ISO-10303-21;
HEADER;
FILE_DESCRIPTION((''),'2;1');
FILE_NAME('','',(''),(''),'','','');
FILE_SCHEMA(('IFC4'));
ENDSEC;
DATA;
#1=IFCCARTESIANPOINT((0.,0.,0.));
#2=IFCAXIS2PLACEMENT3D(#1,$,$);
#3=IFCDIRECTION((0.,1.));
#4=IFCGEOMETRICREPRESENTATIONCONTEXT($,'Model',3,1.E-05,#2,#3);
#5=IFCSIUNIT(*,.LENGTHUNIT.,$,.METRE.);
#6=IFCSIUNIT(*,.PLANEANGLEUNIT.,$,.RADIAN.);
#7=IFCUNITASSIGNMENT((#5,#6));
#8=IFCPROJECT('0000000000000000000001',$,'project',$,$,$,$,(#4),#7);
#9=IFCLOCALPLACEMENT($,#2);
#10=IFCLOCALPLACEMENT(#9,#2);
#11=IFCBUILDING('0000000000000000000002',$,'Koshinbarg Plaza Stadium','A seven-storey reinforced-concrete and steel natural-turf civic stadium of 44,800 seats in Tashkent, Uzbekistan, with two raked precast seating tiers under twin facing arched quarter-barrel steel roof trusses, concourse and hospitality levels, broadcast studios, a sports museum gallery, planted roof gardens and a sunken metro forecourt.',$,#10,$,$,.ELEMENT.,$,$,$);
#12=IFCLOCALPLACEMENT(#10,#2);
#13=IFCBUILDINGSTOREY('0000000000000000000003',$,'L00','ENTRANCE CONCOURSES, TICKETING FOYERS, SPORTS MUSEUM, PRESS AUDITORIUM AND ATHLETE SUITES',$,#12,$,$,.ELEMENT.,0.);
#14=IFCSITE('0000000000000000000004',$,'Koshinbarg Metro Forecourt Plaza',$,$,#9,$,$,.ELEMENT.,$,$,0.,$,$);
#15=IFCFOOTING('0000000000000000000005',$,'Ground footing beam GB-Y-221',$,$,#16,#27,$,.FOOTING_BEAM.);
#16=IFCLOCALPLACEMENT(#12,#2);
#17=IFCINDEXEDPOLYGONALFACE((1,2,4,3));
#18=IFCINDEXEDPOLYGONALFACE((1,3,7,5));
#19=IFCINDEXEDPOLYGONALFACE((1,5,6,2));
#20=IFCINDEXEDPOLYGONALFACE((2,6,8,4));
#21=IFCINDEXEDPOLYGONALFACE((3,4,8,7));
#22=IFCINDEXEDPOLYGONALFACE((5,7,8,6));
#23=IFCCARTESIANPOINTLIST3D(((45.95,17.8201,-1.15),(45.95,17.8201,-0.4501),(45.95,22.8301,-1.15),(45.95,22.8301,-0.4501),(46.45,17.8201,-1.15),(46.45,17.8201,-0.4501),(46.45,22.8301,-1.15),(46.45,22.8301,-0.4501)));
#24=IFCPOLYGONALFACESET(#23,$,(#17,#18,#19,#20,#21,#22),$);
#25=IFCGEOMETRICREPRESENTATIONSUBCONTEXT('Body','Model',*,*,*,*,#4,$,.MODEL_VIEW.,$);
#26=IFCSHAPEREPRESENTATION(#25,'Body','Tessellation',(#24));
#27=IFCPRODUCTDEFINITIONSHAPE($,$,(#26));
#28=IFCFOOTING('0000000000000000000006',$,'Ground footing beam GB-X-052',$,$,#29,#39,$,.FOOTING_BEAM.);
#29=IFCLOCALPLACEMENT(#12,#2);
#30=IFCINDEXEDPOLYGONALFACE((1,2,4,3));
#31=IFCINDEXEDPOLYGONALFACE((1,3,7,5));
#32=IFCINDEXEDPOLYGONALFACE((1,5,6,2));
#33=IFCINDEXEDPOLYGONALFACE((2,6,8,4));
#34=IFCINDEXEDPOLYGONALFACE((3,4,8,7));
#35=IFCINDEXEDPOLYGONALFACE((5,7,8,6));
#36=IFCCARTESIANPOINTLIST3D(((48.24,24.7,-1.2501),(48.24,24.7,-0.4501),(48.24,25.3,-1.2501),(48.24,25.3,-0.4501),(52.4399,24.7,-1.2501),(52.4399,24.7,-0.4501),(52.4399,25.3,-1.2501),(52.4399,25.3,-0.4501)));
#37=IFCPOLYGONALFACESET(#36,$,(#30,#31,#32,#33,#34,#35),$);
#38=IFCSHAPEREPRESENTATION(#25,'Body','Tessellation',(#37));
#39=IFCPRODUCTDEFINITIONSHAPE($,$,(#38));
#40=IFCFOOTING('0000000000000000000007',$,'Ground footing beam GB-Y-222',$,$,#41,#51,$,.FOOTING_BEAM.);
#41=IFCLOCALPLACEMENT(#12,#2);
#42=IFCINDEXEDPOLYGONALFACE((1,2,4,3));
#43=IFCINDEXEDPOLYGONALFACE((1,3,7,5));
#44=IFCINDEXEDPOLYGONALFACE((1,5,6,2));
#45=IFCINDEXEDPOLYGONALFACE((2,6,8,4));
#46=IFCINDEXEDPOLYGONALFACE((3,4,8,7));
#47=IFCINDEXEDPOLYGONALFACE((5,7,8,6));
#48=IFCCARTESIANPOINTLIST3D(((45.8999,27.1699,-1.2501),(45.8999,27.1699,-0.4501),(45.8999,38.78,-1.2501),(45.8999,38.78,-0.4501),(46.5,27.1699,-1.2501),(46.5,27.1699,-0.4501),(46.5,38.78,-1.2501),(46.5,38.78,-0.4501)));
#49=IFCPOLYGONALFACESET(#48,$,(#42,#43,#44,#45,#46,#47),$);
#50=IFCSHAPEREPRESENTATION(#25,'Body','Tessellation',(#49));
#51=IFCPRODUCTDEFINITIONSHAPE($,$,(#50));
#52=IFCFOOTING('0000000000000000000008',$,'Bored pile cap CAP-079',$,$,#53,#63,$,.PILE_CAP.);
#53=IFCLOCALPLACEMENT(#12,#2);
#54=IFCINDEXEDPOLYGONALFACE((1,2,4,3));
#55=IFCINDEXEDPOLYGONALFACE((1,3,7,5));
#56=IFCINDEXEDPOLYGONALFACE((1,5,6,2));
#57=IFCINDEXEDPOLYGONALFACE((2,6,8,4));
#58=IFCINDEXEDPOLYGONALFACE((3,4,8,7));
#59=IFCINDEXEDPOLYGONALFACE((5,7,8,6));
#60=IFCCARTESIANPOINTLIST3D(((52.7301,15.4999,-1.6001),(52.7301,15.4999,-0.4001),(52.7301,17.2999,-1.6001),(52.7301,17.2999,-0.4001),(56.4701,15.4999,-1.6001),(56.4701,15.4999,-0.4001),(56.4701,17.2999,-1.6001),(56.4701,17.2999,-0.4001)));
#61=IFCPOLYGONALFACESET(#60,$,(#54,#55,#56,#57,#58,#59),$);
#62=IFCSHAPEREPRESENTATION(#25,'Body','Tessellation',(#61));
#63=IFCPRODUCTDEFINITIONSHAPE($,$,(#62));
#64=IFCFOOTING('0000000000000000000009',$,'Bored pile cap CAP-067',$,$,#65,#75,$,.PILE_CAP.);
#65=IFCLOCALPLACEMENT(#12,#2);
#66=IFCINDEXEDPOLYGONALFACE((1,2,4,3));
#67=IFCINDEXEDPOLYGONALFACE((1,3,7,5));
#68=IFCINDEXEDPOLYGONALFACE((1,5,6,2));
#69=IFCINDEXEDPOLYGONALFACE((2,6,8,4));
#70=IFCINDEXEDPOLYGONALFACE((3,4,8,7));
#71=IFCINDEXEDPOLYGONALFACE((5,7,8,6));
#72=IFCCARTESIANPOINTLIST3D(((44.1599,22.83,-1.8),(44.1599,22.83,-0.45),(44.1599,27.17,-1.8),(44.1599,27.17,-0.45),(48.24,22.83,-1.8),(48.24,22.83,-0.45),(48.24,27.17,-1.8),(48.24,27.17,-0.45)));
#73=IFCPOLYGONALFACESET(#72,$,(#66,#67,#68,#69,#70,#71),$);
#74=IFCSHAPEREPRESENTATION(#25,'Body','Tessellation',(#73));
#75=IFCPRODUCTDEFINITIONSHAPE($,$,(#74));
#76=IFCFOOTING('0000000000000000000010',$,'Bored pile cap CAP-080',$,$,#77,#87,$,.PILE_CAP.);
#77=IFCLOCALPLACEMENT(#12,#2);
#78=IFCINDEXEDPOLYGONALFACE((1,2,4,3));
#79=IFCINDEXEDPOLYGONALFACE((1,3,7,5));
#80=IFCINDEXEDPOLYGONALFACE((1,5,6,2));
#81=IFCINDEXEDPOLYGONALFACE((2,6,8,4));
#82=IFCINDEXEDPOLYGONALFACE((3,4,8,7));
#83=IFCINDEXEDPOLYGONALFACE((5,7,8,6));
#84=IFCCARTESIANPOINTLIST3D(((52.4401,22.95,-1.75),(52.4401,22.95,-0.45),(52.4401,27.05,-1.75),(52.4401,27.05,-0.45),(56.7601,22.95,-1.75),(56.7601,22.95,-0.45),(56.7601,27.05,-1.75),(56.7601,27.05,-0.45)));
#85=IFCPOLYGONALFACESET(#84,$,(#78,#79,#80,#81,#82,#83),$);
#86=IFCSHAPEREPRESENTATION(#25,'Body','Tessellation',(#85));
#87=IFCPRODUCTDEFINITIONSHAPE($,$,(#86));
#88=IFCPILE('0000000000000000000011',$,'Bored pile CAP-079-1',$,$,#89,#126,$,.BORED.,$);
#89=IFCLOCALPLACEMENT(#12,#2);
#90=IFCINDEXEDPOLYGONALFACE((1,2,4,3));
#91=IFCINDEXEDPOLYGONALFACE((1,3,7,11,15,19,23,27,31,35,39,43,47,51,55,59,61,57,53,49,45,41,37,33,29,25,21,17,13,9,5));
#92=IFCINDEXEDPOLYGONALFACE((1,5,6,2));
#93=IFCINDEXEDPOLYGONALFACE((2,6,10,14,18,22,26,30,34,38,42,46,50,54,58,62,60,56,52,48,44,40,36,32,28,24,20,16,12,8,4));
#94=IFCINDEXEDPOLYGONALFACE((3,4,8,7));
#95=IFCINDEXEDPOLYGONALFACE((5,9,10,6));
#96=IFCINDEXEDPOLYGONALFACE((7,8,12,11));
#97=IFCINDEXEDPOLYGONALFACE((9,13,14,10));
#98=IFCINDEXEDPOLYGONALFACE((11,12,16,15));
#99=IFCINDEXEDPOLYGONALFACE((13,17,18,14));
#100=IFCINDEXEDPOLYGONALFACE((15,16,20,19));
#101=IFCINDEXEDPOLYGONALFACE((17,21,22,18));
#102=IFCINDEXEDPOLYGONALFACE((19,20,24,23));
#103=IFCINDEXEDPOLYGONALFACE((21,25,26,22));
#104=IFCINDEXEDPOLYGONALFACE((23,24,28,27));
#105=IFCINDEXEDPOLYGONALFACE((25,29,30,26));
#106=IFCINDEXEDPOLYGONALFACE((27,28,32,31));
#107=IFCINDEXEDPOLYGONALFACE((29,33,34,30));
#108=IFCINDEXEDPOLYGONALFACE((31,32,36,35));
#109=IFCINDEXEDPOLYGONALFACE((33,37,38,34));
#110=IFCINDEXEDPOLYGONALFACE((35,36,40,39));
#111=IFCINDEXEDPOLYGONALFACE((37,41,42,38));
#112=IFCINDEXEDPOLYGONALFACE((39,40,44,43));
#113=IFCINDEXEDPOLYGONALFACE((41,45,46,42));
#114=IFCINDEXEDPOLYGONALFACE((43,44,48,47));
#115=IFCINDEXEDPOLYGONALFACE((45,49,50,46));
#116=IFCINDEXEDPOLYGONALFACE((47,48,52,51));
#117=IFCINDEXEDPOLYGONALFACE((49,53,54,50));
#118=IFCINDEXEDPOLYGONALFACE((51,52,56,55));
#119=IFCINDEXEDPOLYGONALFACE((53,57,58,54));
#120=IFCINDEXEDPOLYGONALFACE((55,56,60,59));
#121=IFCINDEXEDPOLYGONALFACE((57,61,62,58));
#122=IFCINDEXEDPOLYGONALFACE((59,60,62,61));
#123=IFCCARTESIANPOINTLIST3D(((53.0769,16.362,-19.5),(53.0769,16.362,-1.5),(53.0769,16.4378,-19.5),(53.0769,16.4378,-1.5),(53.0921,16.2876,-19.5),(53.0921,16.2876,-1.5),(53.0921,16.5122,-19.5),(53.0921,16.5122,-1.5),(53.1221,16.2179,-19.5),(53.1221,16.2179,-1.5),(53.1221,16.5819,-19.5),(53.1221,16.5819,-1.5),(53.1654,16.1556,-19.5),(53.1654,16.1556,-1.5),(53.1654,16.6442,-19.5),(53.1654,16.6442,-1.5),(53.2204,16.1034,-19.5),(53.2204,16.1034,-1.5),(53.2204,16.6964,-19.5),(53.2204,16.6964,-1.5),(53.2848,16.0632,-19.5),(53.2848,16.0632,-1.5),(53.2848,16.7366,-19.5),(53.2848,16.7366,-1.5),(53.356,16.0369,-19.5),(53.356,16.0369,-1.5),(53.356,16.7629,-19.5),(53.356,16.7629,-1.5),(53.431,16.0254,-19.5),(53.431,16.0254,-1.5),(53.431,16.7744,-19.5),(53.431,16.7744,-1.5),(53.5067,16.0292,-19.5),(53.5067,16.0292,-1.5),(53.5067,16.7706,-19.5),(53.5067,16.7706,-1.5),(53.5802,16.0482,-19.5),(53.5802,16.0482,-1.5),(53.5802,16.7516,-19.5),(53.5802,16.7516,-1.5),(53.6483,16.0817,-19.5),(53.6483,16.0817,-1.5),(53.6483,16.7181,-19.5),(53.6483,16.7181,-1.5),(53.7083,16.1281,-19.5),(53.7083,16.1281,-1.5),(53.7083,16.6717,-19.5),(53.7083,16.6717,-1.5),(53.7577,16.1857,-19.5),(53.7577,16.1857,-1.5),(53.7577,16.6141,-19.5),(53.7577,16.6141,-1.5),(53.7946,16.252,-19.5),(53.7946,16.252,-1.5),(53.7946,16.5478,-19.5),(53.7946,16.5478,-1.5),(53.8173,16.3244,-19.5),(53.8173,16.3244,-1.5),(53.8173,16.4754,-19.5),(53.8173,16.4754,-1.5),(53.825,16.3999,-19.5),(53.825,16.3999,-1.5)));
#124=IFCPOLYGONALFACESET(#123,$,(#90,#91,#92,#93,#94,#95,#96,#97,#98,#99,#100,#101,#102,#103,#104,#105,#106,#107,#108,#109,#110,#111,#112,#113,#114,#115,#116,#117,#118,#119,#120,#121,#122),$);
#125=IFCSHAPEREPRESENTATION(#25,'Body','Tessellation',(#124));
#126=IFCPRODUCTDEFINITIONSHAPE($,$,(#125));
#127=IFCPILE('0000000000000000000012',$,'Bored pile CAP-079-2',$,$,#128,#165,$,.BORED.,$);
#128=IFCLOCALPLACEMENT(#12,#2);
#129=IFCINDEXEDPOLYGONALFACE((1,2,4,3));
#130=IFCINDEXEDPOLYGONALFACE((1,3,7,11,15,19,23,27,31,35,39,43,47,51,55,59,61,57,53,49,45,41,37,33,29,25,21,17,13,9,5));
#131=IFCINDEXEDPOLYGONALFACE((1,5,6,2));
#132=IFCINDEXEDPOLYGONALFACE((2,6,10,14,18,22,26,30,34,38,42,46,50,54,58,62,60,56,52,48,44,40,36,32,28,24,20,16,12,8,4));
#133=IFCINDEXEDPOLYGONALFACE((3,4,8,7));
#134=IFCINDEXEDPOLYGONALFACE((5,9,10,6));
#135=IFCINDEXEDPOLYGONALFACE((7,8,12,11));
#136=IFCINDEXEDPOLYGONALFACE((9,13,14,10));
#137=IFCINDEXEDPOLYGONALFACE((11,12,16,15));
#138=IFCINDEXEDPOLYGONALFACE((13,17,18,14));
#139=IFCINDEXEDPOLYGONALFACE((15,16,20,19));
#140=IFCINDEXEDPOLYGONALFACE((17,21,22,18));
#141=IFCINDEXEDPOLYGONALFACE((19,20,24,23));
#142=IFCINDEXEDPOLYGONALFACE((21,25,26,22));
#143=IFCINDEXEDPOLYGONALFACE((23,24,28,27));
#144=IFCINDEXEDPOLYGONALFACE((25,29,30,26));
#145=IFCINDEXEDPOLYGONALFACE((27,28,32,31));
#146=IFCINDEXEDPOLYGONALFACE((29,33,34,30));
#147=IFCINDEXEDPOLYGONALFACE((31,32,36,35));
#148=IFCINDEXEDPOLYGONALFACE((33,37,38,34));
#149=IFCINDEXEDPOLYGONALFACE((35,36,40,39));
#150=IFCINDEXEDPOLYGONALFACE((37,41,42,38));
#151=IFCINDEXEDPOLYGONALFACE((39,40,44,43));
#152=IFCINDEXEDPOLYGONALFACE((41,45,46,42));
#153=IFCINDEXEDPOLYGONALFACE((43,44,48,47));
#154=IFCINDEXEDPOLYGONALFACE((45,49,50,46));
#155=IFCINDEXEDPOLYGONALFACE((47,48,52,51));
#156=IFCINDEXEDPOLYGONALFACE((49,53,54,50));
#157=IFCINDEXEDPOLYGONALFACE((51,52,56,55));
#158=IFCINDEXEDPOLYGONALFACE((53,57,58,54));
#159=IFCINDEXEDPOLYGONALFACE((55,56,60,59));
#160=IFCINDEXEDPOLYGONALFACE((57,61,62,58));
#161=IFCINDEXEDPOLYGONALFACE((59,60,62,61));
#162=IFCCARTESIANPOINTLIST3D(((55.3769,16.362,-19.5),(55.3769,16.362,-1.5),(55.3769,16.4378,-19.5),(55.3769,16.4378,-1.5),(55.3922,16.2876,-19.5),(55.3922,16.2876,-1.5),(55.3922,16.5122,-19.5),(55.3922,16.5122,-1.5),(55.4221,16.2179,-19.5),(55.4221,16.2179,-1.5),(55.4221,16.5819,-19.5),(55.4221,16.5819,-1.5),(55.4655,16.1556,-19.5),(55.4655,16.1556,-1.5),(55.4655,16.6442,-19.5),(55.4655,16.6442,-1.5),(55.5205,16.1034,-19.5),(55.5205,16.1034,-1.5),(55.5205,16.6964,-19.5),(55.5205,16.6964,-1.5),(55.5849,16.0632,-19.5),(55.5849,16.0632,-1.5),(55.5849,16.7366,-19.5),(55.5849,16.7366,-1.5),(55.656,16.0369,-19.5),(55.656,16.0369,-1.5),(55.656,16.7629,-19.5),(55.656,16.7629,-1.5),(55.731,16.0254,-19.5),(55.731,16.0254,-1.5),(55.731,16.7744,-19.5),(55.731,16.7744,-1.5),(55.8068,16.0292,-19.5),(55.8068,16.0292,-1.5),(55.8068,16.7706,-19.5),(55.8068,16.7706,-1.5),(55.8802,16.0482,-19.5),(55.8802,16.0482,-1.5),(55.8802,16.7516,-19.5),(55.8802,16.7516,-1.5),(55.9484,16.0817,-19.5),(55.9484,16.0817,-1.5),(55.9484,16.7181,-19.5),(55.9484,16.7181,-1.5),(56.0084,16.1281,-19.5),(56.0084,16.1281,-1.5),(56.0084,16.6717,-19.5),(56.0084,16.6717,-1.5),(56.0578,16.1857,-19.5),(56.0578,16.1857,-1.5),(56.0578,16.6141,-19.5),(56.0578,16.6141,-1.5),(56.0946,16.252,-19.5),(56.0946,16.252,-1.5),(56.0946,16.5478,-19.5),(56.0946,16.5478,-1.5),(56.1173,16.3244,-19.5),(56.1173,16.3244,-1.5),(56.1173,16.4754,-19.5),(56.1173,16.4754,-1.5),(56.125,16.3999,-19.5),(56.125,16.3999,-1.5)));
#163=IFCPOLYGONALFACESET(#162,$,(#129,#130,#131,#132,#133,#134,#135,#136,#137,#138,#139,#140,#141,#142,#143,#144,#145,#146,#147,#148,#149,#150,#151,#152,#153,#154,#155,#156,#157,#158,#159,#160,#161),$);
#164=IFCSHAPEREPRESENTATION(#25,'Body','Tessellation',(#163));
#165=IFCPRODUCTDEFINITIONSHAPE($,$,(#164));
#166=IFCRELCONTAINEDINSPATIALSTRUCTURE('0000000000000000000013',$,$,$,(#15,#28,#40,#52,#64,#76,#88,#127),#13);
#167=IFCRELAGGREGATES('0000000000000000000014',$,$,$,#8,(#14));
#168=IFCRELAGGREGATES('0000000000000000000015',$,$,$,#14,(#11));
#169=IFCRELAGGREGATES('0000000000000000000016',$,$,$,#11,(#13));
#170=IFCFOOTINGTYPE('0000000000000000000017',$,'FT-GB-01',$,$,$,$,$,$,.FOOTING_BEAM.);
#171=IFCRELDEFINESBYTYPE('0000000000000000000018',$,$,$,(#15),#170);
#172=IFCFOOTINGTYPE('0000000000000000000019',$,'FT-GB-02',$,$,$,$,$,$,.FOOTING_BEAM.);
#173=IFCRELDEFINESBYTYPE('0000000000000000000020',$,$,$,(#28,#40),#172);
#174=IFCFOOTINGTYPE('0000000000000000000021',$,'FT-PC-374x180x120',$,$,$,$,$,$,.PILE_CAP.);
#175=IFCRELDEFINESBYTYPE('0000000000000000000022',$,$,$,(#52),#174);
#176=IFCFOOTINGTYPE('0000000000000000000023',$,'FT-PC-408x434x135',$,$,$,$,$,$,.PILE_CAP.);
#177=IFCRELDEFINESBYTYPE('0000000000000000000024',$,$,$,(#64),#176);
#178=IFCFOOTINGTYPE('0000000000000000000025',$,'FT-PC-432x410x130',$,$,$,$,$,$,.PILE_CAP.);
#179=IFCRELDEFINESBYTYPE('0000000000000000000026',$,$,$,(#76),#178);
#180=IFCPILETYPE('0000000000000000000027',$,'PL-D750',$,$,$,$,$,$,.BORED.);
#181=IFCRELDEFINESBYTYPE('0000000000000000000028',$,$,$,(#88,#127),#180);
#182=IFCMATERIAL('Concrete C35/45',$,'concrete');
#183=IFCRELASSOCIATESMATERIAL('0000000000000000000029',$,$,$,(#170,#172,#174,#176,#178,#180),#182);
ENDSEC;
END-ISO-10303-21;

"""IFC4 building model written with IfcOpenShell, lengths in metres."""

from ifc_helpers import new_model, si_unit, direction, frame, origin, origin_2d, place, context, subcontext, project, spatial, rectangle, circle, extrude, material, material_profile, profile_set, type_object, element, save


model = new_model("IFC4")

# Units and contexts
model_context = context("Model", 3, precision=1e-05, world=origin(), true_north=direction((0.0, 1.0)))
body_context = subcontext(model_context, "Body", "Model", "MODEL_VIEW")
ifc_project = project(units=[si_unit("LENGTHUNIT", "METRE"), si_unit("PLANEANGLEUNIT", "RADIAN")], contexts=[model_context])

# Site, building, storey
site_placement = place(None, origin())
site = spatial("IfcSite", under=ifc_project, at=site_placement, Name="Koshinbarg Metro Forecourt Plaza", CompositionType="ELEMENT", RefElevation=0.0)
building_placement = place(site_placement, origin())
building = spatial("IfcBuilding", under=site, at=building_placement, Name="Koshinbarg Plaza Stadium", Description="A seven-storey reinforced-concrete and steel natural-turf civic stadium of 44,800 seats in Tashkent, Uzbekistan, with two raked precast seating tiers under twin facing arched quarter-barrel steel roof trusses, concourse and hospitality levels, broadcast studios, a sports museum gallery, planted roof gardens and a sunken metro forecourt.", CompositionType="ELEMENT")
storey_placement = place(building_placement, origin())
storey = spatial("IfcBuildingStorey", under=building, at=storey_placement, Name="L00", Description="ENTRANCE CONCOURSES, TICKETING FOYERS, SPORTS MUSEUM, PRESS AUDITORIUM AND ATHLETE SUITES", CompositionType="ELEMENT", Elevation=0.0)

# Footings
ifc_material_1 = material(Name="Concrete C35/45", Category="concrete")
ifc_material_profile_1 = material_profile(ifc_material_1, rectangle(XDim=0.5, YDim=0.7, at=origin_2d()), Name="GB 500x700")
ifc_profile_set_1 = profile_set([ifc_material_profile_1], Name="Concrete C35/45")
footing_type_1 = type_object("IfcFootingType", Name="FT-GB-01", PredefinedType="FOOTING_BEAM", material=ifc_profile_set_1)
footing_1_placement = place(storey_placement, frame((46.2, 17.8201, -0.8), z_axis=(0.0, 1.0, 0.0), x_axis=(-1.0, 0.0, 0.0)))
element("IfcFooting", 1, at=footing_1_placement, inside=storey, type_object=footing_type_1, Name="Ground footing beam GB-Y-221", PredefinedType="FOOTING_BEAM", context=body_context, shape_type="SweptSolid", body=[
    extrude(rectangle(XDim=0.5, YDim=0.7, at=origin_2d()), origin(), (0.0, 0.0, 1.0), 5.01),
])
ifc_material_profile_2 = material_profile(ifc_material_1, rectangle(XDim=0.6001, YDim=0.8, at=origin_2d()), Name="GB 600x800")
ifc_profile_set_2 = profile_set([ifc_material_profile_2], Name="Concrete C35/45")
footing_type_2 = type_object("IfcFootingType", Name="FT-GB-02", PredefinedType="FOOTING_BEAM", material=ifc_profile_set_2)
footing_2_placement = place(storey_placement, frame((48.24, 25.0, -0.8501), z_axis=(1.0, 0.0, 0.0), x_axis=(0.0, 1.0, 0.0)))
element("IfcFooting", 2, at=footing_2_placement, inside=storey, type_object=footing_type_2, Name="Ground footing beam GB-X-052", PredefinedType="FOOTING_BEAM", context=body_context, shape_type="SweptSolid", body=[
    extrude(rectangle(XDim=0.6001, YDim=0.8, at=origin_2d()), origin(), (0.0, 0.0, 1.0), 4.2),
])
footing_3_placement = place(storey_placement, frame((46.2, 27.1699, -0.8501), z_axis=(0.0, 1.0, 0.0), x_axis=(-1.0, 0.0, 0.0)))
element("IfcFooting", 3, at=footing_3_placement, inside=storey, type_object=footing_type_2, Name="Ground footing beam GB-Y-222", PredefinedType="FOOTING_BEAM", context=body_context, shape_type="SweptSolid", body=[
    extrude(rectangle(XDim=0.6001, YDim=0.8, at=origin_2d()), origin(), (0.0, 0.0, 1.0), 11.6101),
])
footing_type_3 = type_object("IfcFootingType", Name="FT-PC-374x180x120", PredefinedType="PILE_CAP", material=ifc_material_1)
footing_4_placement = place(storey_placement, frame((54.6001, 16.3999, -1.6001), z_axis=(0.0, 0.0, 1.0), x_axis=(1.0, 0.0, 0.0)))
element("IfcFooting", 4, at=footing_4_placement, inside=storey, type_object=footing_type_3, Name="Bored pile cap CAP-079", PredefinedType="PILE_CAP", context=body_context, shape_type="SweptSolid", body=[
    extrude(rectangle(XDim=3.74, YDim=1.8, at=origin_2d()), origin(), (0.0, 0.0, 1.0), 1.2),
])
footing_type_4 = type_object("IfcFootingType", Name="FT-PC-408x434x135", PredefinedType="PILE_CAP", material=ifc_material_1)
footing_5_placement = place(storey_placement, frame((46.2, 25.0, -1.8), z_axis=(0.0, 0.0, 1.0), x_axis=(1.0, 0.0, 0.0)))
element("IfcFooting", 5, at=footing_5_placement, inside=storey, type_object=footing_type_4, Name="Bored pile cap CAP-067", PredefinedType="PILE_CAP", context=body_context, shape_type="SweptSolid", body=[
    extrude(rectangle(XDim=4.0801, YDim=4.3401, at=origin_2d()), origin(), (0.0, 0.0, 1.0), 1.3501),
])
footing_type_5 = type_object("IfcFootingType", Name="FT-PC-432x410x130", PredefinedType="PILE_CAP", material=ifc_material_1)
footing_6_placement = place(storey_placement, frame((54.6001, 25.0, -1.75), z_axis=(0.0, 0.0, 1.0), x_axis=(1.0, 0.0, 0.0)))
element("IfcFooting", 6, at=footing_6_placement, inside=storey, type_object=footing_type_5, Name="Bored pile cap CAP-080", PredefinedType="PILE_CAP", context=body_context, shape_type="SweptSolid", body=[
    extrude(rectangle(XDim=4.3201, YDim=4.1001, at=origin_2d()), origin(), (0.0, 0.0, 1.0), 1.3),
])

# Piles
ifc_material_profile_3 = material_profile(ifc_material_1, circle(Radius=0.375, at=origin_2d()), Name="PILE D750")
ifc_profile_set_3 = profile_set([ifc_material_profile_3], Name="Concrete C35/45")
pile_type_1 = type_object("IfcPileType", Name="PL-D750", PredefinedType="BORED", material=ifc_profile_set_3)
for number, where, z_axis, x_axis, name in (
    (7, (53.45, 16.3999, -1.5), (0.0, 0.0, -1.0), (1.0, 0.0, 0.0), "Bored pile CAP-079-1"),
    (8, (55.75, 16.3999, -1.5), (0.0, 0.0, -1.0), (1.0, 0.0, 0.0), "Bored pile CAP-079-2"),
):
    element("IfcPile", number, at=place(storey_placement, frame(where, z_axis=z_axis, x_axis=x_axis)), inside=storey, type_object=pile_type_1, Name=name, PredefinedType="BORED", context=body_context, shape_type="SweptSolid", body=[
        extrude(circle(Radius=0.375, at=origin_2d()), origin(), (0.0, 0.0, 1.0), 18.0),
    ])

save(model, "model.ifc")
